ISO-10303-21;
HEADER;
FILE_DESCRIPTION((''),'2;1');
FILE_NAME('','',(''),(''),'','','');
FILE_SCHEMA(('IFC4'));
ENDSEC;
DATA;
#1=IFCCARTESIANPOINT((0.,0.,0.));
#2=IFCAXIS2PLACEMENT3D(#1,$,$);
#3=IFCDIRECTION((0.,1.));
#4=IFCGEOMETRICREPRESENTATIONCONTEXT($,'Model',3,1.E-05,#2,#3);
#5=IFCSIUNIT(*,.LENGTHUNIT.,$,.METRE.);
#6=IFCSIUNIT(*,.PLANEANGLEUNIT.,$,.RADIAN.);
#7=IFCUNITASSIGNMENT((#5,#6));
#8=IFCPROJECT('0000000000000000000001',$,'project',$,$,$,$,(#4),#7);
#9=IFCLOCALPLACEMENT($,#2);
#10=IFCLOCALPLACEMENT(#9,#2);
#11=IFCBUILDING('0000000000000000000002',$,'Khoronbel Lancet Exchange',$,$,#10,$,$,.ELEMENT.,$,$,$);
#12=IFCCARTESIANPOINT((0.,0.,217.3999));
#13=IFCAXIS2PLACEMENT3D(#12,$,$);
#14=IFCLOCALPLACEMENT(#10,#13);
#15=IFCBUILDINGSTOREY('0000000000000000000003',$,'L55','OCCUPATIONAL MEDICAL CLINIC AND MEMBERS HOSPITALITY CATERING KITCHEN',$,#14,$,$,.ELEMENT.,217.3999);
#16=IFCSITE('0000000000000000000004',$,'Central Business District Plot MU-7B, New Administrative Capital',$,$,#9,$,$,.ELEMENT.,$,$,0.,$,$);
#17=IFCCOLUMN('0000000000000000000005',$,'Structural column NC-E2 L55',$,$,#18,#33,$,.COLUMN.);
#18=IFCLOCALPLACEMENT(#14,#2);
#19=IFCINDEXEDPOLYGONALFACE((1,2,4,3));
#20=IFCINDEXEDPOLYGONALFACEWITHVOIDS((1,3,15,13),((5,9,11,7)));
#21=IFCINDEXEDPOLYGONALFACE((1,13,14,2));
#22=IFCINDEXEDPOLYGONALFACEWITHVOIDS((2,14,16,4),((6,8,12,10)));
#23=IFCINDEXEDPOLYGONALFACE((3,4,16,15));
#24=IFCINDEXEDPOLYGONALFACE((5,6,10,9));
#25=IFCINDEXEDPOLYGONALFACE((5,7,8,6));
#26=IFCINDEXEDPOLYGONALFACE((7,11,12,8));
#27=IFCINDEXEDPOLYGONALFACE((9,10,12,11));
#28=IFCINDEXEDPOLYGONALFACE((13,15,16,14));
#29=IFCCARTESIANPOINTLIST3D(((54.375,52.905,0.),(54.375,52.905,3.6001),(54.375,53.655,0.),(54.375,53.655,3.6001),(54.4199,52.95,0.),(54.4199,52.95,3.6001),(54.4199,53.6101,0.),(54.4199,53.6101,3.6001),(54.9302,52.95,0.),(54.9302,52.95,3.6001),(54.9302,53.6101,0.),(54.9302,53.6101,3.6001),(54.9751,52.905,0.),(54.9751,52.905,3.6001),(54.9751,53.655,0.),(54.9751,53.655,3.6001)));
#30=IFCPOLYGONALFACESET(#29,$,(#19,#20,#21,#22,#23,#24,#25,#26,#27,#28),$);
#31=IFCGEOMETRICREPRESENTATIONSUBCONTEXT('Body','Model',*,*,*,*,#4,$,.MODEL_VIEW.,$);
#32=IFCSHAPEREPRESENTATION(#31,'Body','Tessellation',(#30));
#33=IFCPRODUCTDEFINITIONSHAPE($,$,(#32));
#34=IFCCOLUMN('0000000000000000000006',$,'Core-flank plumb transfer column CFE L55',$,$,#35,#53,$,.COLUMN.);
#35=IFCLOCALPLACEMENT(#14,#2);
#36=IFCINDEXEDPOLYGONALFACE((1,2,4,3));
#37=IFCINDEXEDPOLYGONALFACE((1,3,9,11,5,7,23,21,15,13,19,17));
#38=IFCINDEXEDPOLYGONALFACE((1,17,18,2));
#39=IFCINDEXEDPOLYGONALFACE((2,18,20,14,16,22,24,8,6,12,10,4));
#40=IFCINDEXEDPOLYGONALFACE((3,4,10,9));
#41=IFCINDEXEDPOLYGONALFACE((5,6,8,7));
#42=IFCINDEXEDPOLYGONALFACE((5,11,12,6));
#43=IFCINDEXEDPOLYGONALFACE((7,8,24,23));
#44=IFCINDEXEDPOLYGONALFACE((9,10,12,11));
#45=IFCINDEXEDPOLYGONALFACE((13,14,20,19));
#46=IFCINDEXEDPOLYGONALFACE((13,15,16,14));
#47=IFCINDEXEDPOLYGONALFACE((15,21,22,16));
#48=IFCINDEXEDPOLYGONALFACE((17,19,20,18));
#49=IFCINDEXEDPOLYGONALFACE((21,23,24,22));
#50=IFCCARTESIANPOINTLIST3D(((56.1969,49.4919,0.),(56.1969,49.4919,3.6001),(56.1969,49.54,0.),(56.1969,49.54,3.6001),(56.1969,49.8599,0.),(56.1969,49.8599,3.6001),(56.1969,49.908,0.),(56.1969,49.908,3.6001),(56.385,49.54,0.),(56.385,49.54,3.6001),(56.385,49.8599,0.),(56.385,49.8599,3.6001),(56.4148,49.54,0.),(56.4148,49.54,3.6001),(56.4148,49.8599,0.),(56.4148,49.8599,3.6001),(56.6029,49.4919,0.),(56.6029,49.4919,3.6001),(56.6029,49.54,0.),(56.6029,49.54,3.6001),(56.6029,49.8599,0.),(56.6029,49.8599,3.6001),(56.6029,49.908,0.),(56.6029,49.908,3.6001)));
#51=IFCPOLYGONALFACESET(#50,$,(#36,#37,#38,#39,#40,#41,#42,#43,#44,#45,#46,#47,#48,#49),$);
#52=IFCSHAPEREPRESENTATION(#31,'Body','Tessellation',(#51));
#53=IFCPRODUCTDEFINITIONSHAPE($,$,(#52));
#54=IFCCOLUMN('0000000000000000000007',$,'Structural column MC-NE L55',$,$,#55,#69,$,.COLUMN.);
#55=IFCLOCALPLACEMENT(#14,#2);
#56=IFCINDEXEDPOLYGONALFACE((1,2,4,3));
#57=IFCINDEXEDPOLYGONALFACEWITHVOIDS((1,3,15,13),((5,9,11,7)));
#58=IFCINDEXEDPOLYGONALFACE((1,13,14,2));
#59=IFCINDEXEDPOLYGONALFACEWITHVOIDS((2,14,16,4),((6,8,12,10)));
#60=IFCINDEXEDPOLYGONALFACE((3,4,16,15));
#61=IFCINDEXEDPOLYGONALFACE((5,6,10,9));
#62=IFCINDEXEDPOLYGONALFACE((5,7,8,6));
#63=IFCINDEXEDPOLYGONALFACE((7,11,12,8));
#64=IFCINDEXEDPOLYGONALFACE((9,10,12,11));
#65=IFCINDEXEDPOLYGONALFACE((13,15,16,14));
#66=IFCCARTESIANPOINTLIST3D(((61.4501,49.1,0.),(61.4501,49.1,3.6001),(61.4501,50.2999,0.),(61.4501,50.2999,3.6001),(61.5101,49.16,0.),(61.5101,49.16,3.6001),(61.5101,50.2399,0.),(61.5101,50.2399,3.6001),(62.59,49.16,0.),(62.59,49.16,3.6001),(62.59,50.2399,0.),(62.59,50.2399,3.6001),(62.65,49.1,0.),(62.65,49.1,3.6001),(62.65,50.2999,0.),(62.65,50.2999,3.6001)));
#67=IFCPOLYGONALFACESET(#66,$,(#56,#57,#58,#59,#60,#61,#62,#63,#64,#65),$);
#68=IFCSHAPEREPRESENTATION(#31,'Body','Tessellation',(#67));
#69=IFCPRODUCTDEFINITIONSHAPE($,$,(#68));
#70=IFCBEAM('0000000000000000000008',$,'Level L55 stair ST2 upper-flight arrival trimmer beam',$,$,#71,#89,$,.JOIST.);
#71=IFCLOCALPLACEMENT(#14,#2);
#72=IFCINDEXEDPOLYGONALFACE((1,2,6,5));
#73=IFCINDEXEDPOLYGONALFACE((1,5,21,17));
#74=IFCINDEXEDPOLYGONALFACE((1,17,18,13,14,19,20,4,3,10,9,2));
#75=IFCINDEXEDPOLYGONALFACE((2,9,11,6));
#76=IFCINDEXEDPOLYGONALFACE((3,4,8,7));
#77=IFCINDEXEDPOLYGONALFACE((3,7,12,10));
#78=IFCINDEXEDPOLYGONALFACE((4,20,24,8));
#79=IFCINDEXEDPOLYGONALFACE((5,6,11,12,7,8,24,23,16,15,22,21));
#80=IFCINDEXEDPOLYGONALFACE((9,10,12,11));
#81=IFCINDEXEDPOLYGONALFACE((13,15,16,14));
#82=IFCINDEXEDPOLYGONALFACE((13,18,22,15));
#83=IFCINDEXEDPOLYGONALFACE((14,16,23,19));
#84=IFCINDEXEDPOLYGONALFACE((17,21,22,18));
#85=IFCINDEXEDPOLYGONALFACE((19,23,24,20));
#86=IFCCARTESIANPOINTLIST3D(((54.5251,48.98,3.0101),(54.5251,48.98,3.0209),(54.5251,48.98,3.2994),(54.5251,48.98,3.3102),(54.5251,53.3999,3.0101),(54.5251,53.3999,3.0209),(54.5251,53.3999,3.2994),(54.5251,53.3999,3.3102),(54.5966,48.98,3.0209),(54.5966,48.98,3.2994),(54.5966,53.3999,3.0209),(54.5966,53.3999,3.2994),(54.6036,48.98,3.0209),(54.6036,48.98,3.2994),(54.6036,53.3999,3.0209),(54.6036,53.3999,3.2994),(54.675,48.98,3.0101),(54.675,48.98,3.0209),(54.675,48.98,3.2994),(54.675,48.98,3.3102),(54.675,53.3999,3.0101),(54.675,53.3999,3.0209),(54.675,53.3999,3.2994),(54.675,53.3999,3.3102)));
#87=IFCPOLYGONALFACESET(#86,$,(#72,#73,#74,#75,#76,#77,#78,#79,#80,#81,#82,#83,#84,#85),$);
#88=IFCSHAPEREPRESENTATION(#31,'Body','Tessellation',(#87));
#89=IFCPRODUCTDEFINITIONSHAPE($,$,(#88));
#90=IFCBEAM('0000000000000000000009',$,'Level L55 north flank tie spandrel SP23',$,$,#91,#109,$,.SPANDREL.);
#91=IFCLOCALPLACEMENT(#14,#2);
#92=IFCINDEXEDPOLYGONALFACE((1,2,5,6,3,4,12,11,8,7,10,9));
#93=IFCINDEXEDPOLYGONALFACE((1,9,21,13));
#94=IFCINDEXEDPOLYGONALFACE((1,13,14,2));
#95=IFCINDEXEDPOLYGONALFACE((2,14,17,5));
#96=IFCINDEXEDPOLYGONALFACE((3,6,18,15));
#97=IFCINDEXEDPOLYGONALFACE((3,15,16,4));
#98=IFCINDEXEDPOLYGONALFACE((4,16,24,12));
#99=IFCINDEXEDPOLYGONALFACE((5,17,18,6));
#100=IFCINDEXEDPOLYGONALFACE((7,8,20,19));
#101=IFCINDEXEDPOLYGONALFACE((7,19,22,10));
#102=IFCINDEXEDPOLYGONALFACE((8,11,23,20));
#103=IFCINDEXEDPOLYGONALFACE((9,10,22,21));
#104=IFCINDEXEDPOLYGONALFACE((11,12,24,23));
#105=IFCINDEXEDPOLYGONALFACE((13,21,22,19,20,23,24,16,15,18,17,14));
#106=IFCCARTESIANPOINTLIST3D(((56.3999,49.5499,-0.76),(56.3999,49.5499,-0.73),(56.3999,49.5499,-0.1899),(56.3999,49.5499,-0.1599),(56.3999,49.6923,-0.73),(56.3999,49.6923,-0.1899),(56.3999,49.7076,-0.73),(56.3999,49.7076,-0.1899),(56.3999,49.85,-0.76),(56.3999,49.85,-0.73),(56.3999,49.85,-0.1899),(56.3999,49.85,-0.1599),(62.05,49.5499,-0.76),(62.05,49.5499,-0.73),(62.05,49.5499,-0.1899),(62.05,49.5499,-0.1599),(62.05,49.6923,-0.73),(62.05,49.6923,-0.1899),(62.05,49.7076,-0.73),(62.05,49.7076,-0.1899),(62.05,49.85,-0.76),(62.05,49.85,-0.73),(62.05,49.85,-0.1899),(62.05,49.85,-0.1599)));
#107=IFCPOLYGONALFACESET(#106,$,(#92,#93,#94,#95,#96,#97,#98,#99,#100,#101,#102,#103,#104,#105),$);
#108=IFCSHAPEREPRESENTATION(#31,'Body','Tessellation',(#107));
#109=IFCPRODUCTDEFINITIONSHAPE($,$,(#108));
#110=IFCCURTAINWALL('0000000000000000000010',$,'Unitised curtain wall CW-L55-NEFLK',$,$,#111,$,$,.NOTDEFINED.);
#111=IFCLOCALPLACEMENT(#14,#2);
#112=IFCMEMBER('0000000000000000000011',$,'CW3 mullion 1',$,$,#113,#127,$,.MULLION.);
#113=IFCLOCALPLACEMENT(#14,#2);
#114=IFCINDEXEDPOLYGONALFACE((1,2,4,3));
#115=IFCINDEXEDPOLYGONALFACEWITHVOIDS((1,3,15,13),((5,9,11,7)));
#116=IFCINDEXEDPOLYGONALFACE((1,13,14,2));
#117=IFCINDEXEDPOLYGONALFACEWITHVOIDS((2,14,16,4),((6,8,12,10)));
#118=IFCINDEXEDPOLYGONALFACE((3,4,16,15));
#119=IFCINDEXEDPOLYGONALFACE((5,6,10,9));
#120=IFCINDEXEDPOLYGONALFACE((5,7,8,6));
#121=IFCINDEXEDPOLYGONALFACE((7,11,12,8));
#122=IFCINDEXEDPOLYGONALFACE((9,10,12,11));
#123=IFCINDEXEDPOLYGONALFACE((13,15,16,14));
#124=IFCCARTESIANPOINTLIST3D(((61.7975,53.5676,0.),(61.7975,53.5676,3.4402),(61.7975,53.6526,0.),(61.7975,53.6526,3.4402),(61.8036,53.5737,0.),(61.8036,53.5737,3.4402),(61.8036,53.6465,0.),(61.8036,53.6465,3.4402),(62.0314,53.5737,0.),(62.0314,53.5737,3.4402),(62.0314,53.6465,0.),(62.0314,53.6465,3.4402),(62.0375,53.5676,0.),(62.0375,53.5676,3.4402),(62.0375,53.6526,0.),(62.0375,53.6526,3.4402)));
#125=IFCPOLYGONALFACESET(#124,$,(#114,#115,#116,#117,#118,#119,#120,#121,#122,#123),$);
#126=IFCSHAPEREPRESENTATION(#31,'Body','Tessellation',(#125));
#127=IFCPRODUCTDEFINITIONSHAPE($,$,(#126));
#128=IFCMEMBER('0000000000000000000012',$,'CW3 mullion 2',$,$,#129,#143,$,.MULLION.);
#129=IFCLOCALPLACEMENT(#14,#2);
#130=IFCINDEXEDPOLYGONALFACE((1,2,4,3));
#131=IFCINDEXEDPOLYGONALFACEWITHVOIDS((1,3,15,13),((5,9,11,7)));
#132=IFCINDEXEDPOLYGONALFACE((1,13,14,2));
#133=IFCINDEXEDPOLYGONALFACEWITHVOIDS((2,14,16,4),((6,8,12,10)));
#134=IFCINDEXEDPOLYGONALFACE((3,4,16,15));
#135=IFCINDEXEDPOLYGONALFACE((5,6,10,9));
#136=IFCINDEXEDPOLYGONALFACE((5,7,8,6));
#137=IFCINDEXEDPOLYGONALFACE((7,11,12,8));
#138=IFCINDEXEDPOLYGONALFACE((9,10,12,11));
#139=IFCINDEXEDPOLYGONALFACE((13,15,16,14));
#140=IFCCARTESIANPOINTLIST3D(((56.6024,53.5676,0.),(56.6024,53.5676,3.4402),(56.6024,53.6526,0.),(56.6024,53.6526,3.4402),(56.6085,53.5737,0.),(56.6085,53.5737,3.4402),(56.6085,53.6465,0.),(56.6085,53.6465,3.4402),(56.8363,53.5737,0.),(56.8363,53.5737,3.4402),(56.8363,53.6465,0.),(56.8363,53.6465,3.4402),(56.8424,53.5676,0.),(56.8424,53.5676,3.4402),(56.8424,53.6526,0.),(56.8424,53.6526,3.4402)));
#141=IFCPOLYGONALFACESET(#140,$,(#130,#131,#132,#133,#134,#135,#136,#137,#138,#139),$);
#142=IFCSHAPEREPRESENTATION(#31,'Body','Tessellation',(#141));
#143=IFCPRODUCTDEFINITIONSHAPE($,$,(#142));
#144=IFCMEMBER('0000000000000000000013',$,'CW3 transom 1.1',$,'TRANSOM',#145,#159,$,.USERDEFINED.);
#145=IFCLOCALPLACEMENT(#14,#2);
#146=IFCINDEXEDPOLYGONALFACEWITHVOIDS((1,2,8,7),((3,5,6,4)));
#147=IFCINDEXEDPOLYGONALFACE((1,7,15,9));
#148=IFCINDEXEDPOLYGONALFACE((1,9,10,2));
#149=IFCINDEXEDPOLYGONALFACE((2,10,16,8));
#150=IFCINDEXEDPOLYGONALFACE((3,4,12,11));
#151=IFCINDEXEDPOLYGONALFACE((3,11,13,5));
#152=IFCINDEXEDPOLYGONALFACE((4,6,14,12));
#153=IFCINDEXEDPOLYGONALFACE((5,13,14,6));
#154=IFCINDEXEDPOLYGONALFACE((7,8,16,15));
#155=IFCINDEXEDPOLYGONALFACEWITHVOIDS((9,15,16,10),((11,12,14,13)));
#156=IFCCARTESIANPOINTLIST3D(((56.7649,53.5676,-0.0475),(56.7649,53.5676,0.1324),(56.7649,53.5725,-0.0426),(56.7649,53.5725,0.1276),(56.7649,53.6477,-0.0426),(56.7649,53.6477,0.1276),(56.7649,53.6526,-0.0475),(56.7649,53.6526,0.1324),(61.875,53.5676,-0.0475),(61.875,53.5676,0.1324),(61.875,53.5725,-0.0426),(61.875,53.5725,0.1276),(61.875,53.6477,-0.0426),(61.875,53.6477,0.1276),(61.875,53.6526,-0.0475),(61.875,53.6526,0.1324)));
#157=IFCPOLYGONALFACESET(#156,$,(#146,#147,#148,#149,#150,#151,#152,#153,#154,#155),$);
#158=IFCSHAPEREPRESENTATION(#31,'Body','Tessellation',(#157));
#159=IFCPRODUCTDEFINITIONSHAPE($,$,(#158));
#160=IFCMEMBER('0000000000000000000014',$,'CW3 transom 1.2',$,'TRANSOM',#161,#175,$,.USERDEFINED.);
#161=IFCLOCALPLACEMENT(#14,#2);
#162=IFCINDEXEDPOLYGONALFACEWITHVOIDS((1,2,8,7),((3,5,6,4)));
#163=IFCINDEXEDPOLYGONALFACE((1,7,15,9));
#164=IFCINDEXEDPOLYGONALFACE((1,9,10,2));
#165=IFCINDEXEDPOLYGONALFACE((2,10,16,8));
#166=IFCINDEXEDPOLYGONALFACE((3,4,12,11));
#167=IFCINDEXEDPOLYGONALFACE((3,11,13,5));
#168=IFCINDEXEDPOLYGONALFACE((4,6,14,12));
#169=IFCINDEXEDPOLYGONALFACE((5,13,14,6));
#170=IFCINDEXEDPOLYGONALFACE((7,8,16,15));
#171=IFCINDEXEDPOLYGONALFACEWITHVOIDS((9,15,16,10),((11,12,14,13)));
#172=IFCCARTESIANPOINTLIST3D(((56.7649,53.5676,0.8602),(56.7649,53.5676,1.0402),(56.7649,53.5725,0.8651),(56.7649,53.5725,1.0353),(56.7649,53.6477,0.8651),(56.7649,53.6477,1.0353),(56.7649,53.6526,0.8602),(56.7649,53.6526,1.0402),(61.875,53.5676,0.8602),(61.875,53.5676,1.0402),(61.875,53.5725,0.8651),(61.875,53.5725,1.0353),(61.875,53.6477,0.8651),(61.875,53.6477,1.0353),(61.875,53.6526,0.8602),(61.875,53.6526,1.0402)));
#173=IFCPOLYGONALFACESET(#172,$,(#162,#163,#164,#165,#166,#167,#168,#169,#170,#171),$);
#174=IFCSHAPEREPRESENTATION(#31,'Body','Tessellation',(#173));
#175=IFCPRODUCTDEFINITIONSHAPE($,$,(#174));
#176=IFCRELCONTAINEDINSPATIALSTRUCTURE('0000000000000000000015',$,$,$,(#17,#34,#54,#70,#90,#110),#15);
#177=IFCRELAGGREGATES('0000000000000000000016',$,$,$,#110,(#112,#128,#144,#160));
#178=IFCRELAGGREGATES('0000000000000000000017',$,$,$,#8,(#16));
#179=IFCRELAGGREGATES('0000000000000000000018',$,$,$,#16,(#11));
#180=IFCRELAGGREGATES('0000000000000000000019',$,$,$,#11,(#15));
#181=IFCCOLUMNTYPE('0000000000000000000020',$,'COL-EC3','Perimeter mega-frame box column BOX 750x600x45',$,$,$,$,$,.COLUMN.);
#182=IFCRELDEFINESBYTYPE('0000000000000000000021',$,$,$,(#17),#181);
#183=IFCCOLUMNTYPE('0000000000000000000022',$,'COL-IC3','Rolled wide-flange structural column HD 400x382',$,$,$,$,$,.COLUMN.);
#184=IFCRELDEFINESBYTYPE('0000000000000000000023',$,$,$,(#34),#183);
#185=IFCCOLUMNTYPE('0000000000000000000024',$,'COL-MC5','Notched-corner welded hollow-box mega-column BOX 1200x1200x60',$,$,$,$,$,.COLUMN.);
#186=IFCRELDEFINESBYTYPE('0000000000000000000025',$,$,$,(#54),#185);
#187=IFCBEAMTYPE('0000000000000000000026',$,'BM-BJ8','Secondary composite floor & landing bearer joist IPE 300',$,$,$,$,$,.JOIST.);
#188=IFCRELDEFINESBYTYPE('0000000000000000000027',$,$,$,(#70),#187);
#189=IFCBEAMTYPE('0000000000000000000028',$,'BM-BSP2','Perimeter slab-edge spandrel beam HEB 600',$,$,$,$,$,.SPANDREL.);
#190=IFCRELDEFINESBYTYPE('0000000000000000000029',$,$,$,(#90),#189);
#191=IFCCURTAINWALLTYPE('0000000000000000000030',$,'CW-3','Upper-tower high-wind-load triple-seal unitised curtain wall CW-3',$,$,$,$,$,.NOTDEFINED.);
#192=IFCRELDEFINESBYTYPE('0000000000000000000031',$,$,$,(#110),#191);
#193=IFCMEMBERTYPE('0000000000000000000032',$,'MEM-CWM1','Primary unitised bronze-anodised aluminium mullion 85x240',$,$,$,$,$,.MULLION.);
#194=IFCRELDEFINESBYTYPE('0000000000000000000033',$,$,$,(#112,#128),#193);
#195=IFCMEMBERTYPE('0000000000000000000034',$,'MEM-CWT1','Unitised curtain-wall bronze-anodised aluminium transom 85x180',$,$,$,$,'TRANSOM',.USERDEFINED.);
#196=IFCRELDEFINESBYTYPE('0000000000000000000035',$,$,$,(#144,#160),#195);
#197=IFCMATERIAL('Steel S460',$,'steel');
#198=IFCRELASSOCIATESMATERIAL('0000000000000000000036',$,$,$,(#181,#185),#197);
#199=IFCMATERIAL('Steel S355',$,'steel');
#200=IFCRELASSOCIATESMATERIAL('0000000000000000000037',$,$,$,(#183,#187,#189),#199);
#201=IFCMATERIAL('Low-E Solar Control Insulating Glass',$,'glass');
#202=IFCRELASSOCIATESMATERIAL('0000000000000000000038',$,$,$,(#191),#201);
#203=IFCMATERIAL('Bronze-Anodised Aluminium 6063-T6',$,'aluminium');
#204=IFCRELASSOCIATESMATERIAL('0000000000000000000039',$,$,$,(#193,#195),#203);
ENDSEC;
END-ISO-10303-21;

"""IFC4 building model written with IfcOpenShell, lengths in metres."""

from ifc_helpers import new_model, si_unit, direction, frame, origin, origin_2d, place, context, subcontext, project, spatial, hollow_rectangle, i_section, extrude, material, material_profile, profile_set, type_object, element, aggregate, save


model = new_model("IFC4")

# Units and contexts
model_context = context("Model", 3, precision=1e-05, world=origin(), true_north=direction((0.0, 1.0)))
body_context = subcontext(model_context, "Body", "Model", "MODEL_VIEW")
ifc_project = project(units=[si_unit("LENGTHUNIT", "METRE"), si_unit("PLANEANGLEUNIT", "RADIAN")], contexts=[model_context])

# Site, building, storey
site_placement = place(None, origin())
site = spatial("IfcSite", under=ifc_project, at=site_placement, Name="Central Business District Plot MU-7B, New Administrative Capital", CompositionType="ELEMENT", RefElevation=0.0)
building_placement = place(site_placement, origin())
building = spatial("IfcBuilding", under=site, at=building_placement, Name="Khoronbel Lancet Exchange", CompositionType="ELEMENT")
storey_placement = place(building_placement, frame((0.0, 0.0, 217.3999)))
storey = spatial("IfcBuildingStorey", under=building, at=storey_placement, Name="L55", Description="OCCUPATIONAL MEDICAL CLINIC AND MEMBERS HOSPITALITY CATERING KITCHEN", CompositionType="ELEMENT", Elevation=217.3999)

# Columns
ifc_material_1 = material(Name="Steel S460", Category="steel")
ifc_material_profile_1 = material_profile(ifc_material_1, hollow_rectangle(XDim=0.6001, YDim=0.75, WallThickness=0.0449, at=origin_2d()), Name="BOX 750x600x45")
ifc_profile_set_1 = profile_set([ifc_material_profile_1], Name="Steel S460")
column_type_1 = type_object("IfcColumnType", Name="COL-EC3", Description="Perimeter mega-frame box column BOX 750x600x45", PredefinedType="COLUMN", material=ifc_profile_set_1)
column_1_placement = place(storey_placement, frame((54.675, 53.28, 0.0), z_axis=(0.0, 0.0, 1.0), x_axis=(1.0, 0.0, 0.0)))
element("IfcColumn", 1, at=column_1_placement, inside=storey, type_object=column_type_1, Name="Structural column NC-E2 L55", PredefinedType="COLUMN", context=body_context, shape_type="SweptSolid", body=[
    extrude(hollow_rectangle(XDim=0.6001, YDim=0.75, WallThickness=0.0449, at=origin_2d()), origin(), (0.0, 0.0, 1.0), 3.6001),
])
ifc_material_2 = material(Name="Steel S355", Category="steel")
ifc_material_profile_2 = material_profile(ifc_material_2, i_section(OverallWidth=0.406, OverallDepth=0.416, WebThickness=0.0298, FlangeThickness=0.0481, at=origin_2d()), Name="HD 400x382")
ifc_profile_set_2 = profile_set([ifc_material_profile_2], Name="Steel S355")
column_type_2 = type_object("IfcColumnType", Name="COL-IC3", Description="Rolled wide-flange structural column HD 400x382", PredefinedType="COLUMN", material=ifc_profile_set_2)
column_2_placement = place(storey_placement, frame((56.3999, 49.7, 0.0), z_axis=(0.0, 0.0, 1.0), x_axis=(1.0, 0.0, 0.0)))
element("IfcColumn", 2, at=column_2_placement, inside=storey, type_object=column_type_2, Name="Core-flank plumb transfer column CFE L55", PredefinedType="COLUMN", context=body_context, shape_type="SweptSolid", body=[
    extrude(i_section(OverallWidth=0.406, OverallDepth=0.416, WebThickness=0.0298, FlangeThickness=0.0481, at=origin_2d()), origin(), (0.0, 0.0, 1.0), 3.6001),
])
ifc_material_profile_3 = material_profile(ifc_material_1, hollow_rectangle(XDim=1.2, YDim=1.2, WallThickness=0.0601, at=origin_2d()), Name="BOX 1200x1200x60")
ifc_profile_set_3 = profile_set([ifc_material_profile_3], Name="Steel S460")
column_type_3 = type_object("IfcColumnType", Name="COL-MC5", Description="Notched-corner welded hollow-box mega-column BOX 1200x1200x60", PredefinedType="COLUMN", material=ifc_profile_set_3)
column_3_placement = place(storey_placement, frame((62.05, 49.7, 0.0), z_axis=(0.0, 0.0, 1.0), x_axis=(1.0, 0.0, 0.0)))
element("IfcColumn", 3, at=column_3_placement, inside=storey, type_object=column_type_3, Name="Structural column MC-NE L55", PredefinedType="COLUMN", context=body_context, shape_type="SweptSolid", body=[
    extrude(hollow_rectangle(XDim=1.2, YDim=1.2, WallThickness=0.0601, at=origin_2d()), origin(), (0.0, 0.0, 1.0), 3.6001),
])

# Beams
ifc_material_profile_4 = material_profile(ifc_material_2, i_section(OverallWidth=0.1499, OverallDepth=0.3, WebThickness=0.0071, FlangeThickness=0.0107, at=origin_2d()), Name="IPE 300")
ifc_profile_set_4 = profile_set([ifc_material_profile_4], Name="Steel S355")
beam_type_1 = type_object("IfcBeamType", Name="BM-BJ8", Description="Secondary composite floor & landing bearer joist IPE 300", PredefinedType="JOIST", material=ifc_profile_set_4)
beam_1_placement = place(storey_placement, frame((54.6001, 48.98, 3.1602), z_axis=(0.0, 1.0, 0.0), x_axis=(-1.0, 0.0, 0.0)))
element("IfcBeam", 4, at=beam_1_placement, inside=storey, type_object=beam_type_1, Name="Level L55 stair ST2 upper-flight arrival trimmer beam", PredefinedType="JOIST", context=body_context, shape_type="SweptSolid", body=[
    extrude(i_section(OverallWidth=0.1499, OverallDepth=0.3, WebThickness=0.0071, FlangeThickness=0.0107, at=origin_2d()), origin(), (0.0, 0.0, 1.0), 4.4199),
])
ifc_material_profile_5 = material_profile(ifc_material_2, i_section(OverallWidth=0.3, OverallDepth=0.6001, WebThickness=0.0154, FlangeThickness=0.03, at=origin_2d()), Name="HEB 600")
ifc_profile_set_5 = profile_set([ifc_material_profile_5], Name="Steel S355")
beam_type_2 = type_object("IfcBeamType", Name="BM-BSP2", Description="Perimeter slab-edge spandrel beam HEB 600", PredefinedType="SPANDREL", material=ifc_profile_set_5)
beam_2_placement = place(storey_placement, frame((62.05, 49.7, -0.46), z_axis=(-1.0, 0.0, 0.0), x_axis=(0.0, -1.0, 0.0)))
element("IfcBeam", 5, at=beam_2_placement, inside=storey, type_object=beam_type_2, Name="Level L55 north flank tie spandrel SP23", PredefinedType="SPANDREL", context=body_context, shape_type="SweptSolid", body=[
    extrude(i_section(OverallWidth=0.3, OverallDepth=0.6001, WebThickness=0.0154, FlangeThickness=0.03, at=origin_2d()), origin(), (0.0, 0.0, 1.0), 5.6501),
])

# Curtain wall, members
ifc_material_3 = material(Name="Low-E Solar Control Insulating Glass", Category="glass")
curtain_wall_type = type_object("IfcCurtainWallType", Name="CW-3", Description="Upper-tower high-wind-load triple-seal unitised curtain wall CW-3", PredefinedType="NOTDEFINED", material=ifc_material_3)
curtain_wall_placement = place(storey_placement, origin())
curtain_wall = element("IfcCurtainWall", 6, at=curtain_wall_placement, inside=storey, type_object=curtain_wall_type, Name="Unitised curtain wall CW-L55-NEFLK", PredefinedType="NOTDEFINED")
ifc_material_4 = material(Name="Bronze-Anodised Aluminium 6063-T6", Category="aluminium")
ifc_material_profile_6 = material_profile(ifc_material_4, hollow_rectangle(XDim=0.085, YDim=0.24, WallThickness=0.0061, at=origin_2d()), Name="ALU MULLION 85x240")
ifc_profile_set_6 = profile_set([ifc_material_profile_6], Name="Bronze-Anodised Aluminium 6063-T6")
member_type_1 = type_object("IfcMemberType", Name="MEM-CWM1", Description="Primary unitised bronze-anodised aluminium mullion 85x240", PredefinedType="MULLION", material=ifc_profile_set_6)
member_1_placement = place(storey_placement, frame((61.9175, 53.6101, 0.0), z_axis=(0.0, 0.0, 1.0), x_axis=(0.0, -1.0, 0.0)))
member_1 = element("IfcMember", 7, at=member_1_placement, type_object=member_type_1, Name="CW3 mullion 1", PredefinedType="MULLION", context=body_context, shape_type="SweptSolid", body=[
    extrude(hollow_rectangle(XDim=0.085, YDim=0.24, WallThickness=0.0061, at=origin_2d()), origin(), (0.0, 0.0, 1.0), 3.4402),
])
member_2_placement = place(storey_placement, frame((56.7224, 53.6101, 0.0), z_axis=(0.0, 0.0, 1.0), x_axis=(0.0, -1.0, 0.0)))
member_2 = element("IfcMember", 8, at=member_2_placement, type_object=member_type_1, Name="CW3 mullion 2", PredefinedType="MULLION", context=body_context, shape_type="SweptSolid", body=[
    extrude(hollow_rectangle(XDim=0.085, YDim=0.24, WallThickness=0.0061, at=origin_2d()), origin(), (0.0, 0.0, 1.0), 3.4402),
])
ifc_material_profile_7 = material_profile(ifc_material_4, hollow_rectangle(XDim=0.085, YDim=0.1799, WallThickness=0.0049, at=origin_2d()), Name="ALU TRANSOM 85x180")
ifc_profile_set_7 = profile_set([ifc_material_profile_7], Name="Bronze-Anodised Aluminium 6063-T6")
member_type_2 = type_object("IfcMemberType", Name="MEM-CWT1", Description="Unitised curtain-wall bronze-anodised aluminium transom 85x180", ElementType="TRANSOM", PredefinedType="USERDEFINED", material=ifc_profile_set_7)
member_3_placement = place(storey_placement, frame((61.875, 53.6101, 0.0425), z_axis=(-1.0, 0.0, 0.0), x_axis=(0.0, -1.0, 0.0)))
member_3 = element("IfcMember", 9, at=member_3_placement, type_object=member_type_2, Name="CW3 transom 1.1", ObjectType="TRANSOM", PredefinedType="USERDEFINED", context=body_context, shape_type="SweptSolid", body=[
    extrude(hollow_rectangle(XDim=0.085, YDim=0.1799, WallThickness=0.0049, at=origin_2d()), origin(), (0.0, 0.0, 1.0), 5.1101),
])
member_4_placement = place(storey_placement, frame((61.875, 53.6101, 0.9502), z_axis=(-1.0, 0.0, 0.0), x_axis=(0.0, -1.0, 0.0)))
member_4 = element("IfcMember", 10, at=member_4_placement, type_object=member_type_2, Name="CW3 transom 1.2", ObjectType="TRANSOM", PredefinedType="USERDEFINED", context=body_context, shape_type="SweptSolid", body=[
    extrude(hollow_rectangle(XDim=0.085, YDim=0.1799, WallThickness=0.0049, at=origin_2d()), origin(), (0.0, 0.0, 1.0), 5.1101),
])
aggregate(curtain_wall, [member_1, member_2, member_3, member_4])

save(model, "model.ifc")
